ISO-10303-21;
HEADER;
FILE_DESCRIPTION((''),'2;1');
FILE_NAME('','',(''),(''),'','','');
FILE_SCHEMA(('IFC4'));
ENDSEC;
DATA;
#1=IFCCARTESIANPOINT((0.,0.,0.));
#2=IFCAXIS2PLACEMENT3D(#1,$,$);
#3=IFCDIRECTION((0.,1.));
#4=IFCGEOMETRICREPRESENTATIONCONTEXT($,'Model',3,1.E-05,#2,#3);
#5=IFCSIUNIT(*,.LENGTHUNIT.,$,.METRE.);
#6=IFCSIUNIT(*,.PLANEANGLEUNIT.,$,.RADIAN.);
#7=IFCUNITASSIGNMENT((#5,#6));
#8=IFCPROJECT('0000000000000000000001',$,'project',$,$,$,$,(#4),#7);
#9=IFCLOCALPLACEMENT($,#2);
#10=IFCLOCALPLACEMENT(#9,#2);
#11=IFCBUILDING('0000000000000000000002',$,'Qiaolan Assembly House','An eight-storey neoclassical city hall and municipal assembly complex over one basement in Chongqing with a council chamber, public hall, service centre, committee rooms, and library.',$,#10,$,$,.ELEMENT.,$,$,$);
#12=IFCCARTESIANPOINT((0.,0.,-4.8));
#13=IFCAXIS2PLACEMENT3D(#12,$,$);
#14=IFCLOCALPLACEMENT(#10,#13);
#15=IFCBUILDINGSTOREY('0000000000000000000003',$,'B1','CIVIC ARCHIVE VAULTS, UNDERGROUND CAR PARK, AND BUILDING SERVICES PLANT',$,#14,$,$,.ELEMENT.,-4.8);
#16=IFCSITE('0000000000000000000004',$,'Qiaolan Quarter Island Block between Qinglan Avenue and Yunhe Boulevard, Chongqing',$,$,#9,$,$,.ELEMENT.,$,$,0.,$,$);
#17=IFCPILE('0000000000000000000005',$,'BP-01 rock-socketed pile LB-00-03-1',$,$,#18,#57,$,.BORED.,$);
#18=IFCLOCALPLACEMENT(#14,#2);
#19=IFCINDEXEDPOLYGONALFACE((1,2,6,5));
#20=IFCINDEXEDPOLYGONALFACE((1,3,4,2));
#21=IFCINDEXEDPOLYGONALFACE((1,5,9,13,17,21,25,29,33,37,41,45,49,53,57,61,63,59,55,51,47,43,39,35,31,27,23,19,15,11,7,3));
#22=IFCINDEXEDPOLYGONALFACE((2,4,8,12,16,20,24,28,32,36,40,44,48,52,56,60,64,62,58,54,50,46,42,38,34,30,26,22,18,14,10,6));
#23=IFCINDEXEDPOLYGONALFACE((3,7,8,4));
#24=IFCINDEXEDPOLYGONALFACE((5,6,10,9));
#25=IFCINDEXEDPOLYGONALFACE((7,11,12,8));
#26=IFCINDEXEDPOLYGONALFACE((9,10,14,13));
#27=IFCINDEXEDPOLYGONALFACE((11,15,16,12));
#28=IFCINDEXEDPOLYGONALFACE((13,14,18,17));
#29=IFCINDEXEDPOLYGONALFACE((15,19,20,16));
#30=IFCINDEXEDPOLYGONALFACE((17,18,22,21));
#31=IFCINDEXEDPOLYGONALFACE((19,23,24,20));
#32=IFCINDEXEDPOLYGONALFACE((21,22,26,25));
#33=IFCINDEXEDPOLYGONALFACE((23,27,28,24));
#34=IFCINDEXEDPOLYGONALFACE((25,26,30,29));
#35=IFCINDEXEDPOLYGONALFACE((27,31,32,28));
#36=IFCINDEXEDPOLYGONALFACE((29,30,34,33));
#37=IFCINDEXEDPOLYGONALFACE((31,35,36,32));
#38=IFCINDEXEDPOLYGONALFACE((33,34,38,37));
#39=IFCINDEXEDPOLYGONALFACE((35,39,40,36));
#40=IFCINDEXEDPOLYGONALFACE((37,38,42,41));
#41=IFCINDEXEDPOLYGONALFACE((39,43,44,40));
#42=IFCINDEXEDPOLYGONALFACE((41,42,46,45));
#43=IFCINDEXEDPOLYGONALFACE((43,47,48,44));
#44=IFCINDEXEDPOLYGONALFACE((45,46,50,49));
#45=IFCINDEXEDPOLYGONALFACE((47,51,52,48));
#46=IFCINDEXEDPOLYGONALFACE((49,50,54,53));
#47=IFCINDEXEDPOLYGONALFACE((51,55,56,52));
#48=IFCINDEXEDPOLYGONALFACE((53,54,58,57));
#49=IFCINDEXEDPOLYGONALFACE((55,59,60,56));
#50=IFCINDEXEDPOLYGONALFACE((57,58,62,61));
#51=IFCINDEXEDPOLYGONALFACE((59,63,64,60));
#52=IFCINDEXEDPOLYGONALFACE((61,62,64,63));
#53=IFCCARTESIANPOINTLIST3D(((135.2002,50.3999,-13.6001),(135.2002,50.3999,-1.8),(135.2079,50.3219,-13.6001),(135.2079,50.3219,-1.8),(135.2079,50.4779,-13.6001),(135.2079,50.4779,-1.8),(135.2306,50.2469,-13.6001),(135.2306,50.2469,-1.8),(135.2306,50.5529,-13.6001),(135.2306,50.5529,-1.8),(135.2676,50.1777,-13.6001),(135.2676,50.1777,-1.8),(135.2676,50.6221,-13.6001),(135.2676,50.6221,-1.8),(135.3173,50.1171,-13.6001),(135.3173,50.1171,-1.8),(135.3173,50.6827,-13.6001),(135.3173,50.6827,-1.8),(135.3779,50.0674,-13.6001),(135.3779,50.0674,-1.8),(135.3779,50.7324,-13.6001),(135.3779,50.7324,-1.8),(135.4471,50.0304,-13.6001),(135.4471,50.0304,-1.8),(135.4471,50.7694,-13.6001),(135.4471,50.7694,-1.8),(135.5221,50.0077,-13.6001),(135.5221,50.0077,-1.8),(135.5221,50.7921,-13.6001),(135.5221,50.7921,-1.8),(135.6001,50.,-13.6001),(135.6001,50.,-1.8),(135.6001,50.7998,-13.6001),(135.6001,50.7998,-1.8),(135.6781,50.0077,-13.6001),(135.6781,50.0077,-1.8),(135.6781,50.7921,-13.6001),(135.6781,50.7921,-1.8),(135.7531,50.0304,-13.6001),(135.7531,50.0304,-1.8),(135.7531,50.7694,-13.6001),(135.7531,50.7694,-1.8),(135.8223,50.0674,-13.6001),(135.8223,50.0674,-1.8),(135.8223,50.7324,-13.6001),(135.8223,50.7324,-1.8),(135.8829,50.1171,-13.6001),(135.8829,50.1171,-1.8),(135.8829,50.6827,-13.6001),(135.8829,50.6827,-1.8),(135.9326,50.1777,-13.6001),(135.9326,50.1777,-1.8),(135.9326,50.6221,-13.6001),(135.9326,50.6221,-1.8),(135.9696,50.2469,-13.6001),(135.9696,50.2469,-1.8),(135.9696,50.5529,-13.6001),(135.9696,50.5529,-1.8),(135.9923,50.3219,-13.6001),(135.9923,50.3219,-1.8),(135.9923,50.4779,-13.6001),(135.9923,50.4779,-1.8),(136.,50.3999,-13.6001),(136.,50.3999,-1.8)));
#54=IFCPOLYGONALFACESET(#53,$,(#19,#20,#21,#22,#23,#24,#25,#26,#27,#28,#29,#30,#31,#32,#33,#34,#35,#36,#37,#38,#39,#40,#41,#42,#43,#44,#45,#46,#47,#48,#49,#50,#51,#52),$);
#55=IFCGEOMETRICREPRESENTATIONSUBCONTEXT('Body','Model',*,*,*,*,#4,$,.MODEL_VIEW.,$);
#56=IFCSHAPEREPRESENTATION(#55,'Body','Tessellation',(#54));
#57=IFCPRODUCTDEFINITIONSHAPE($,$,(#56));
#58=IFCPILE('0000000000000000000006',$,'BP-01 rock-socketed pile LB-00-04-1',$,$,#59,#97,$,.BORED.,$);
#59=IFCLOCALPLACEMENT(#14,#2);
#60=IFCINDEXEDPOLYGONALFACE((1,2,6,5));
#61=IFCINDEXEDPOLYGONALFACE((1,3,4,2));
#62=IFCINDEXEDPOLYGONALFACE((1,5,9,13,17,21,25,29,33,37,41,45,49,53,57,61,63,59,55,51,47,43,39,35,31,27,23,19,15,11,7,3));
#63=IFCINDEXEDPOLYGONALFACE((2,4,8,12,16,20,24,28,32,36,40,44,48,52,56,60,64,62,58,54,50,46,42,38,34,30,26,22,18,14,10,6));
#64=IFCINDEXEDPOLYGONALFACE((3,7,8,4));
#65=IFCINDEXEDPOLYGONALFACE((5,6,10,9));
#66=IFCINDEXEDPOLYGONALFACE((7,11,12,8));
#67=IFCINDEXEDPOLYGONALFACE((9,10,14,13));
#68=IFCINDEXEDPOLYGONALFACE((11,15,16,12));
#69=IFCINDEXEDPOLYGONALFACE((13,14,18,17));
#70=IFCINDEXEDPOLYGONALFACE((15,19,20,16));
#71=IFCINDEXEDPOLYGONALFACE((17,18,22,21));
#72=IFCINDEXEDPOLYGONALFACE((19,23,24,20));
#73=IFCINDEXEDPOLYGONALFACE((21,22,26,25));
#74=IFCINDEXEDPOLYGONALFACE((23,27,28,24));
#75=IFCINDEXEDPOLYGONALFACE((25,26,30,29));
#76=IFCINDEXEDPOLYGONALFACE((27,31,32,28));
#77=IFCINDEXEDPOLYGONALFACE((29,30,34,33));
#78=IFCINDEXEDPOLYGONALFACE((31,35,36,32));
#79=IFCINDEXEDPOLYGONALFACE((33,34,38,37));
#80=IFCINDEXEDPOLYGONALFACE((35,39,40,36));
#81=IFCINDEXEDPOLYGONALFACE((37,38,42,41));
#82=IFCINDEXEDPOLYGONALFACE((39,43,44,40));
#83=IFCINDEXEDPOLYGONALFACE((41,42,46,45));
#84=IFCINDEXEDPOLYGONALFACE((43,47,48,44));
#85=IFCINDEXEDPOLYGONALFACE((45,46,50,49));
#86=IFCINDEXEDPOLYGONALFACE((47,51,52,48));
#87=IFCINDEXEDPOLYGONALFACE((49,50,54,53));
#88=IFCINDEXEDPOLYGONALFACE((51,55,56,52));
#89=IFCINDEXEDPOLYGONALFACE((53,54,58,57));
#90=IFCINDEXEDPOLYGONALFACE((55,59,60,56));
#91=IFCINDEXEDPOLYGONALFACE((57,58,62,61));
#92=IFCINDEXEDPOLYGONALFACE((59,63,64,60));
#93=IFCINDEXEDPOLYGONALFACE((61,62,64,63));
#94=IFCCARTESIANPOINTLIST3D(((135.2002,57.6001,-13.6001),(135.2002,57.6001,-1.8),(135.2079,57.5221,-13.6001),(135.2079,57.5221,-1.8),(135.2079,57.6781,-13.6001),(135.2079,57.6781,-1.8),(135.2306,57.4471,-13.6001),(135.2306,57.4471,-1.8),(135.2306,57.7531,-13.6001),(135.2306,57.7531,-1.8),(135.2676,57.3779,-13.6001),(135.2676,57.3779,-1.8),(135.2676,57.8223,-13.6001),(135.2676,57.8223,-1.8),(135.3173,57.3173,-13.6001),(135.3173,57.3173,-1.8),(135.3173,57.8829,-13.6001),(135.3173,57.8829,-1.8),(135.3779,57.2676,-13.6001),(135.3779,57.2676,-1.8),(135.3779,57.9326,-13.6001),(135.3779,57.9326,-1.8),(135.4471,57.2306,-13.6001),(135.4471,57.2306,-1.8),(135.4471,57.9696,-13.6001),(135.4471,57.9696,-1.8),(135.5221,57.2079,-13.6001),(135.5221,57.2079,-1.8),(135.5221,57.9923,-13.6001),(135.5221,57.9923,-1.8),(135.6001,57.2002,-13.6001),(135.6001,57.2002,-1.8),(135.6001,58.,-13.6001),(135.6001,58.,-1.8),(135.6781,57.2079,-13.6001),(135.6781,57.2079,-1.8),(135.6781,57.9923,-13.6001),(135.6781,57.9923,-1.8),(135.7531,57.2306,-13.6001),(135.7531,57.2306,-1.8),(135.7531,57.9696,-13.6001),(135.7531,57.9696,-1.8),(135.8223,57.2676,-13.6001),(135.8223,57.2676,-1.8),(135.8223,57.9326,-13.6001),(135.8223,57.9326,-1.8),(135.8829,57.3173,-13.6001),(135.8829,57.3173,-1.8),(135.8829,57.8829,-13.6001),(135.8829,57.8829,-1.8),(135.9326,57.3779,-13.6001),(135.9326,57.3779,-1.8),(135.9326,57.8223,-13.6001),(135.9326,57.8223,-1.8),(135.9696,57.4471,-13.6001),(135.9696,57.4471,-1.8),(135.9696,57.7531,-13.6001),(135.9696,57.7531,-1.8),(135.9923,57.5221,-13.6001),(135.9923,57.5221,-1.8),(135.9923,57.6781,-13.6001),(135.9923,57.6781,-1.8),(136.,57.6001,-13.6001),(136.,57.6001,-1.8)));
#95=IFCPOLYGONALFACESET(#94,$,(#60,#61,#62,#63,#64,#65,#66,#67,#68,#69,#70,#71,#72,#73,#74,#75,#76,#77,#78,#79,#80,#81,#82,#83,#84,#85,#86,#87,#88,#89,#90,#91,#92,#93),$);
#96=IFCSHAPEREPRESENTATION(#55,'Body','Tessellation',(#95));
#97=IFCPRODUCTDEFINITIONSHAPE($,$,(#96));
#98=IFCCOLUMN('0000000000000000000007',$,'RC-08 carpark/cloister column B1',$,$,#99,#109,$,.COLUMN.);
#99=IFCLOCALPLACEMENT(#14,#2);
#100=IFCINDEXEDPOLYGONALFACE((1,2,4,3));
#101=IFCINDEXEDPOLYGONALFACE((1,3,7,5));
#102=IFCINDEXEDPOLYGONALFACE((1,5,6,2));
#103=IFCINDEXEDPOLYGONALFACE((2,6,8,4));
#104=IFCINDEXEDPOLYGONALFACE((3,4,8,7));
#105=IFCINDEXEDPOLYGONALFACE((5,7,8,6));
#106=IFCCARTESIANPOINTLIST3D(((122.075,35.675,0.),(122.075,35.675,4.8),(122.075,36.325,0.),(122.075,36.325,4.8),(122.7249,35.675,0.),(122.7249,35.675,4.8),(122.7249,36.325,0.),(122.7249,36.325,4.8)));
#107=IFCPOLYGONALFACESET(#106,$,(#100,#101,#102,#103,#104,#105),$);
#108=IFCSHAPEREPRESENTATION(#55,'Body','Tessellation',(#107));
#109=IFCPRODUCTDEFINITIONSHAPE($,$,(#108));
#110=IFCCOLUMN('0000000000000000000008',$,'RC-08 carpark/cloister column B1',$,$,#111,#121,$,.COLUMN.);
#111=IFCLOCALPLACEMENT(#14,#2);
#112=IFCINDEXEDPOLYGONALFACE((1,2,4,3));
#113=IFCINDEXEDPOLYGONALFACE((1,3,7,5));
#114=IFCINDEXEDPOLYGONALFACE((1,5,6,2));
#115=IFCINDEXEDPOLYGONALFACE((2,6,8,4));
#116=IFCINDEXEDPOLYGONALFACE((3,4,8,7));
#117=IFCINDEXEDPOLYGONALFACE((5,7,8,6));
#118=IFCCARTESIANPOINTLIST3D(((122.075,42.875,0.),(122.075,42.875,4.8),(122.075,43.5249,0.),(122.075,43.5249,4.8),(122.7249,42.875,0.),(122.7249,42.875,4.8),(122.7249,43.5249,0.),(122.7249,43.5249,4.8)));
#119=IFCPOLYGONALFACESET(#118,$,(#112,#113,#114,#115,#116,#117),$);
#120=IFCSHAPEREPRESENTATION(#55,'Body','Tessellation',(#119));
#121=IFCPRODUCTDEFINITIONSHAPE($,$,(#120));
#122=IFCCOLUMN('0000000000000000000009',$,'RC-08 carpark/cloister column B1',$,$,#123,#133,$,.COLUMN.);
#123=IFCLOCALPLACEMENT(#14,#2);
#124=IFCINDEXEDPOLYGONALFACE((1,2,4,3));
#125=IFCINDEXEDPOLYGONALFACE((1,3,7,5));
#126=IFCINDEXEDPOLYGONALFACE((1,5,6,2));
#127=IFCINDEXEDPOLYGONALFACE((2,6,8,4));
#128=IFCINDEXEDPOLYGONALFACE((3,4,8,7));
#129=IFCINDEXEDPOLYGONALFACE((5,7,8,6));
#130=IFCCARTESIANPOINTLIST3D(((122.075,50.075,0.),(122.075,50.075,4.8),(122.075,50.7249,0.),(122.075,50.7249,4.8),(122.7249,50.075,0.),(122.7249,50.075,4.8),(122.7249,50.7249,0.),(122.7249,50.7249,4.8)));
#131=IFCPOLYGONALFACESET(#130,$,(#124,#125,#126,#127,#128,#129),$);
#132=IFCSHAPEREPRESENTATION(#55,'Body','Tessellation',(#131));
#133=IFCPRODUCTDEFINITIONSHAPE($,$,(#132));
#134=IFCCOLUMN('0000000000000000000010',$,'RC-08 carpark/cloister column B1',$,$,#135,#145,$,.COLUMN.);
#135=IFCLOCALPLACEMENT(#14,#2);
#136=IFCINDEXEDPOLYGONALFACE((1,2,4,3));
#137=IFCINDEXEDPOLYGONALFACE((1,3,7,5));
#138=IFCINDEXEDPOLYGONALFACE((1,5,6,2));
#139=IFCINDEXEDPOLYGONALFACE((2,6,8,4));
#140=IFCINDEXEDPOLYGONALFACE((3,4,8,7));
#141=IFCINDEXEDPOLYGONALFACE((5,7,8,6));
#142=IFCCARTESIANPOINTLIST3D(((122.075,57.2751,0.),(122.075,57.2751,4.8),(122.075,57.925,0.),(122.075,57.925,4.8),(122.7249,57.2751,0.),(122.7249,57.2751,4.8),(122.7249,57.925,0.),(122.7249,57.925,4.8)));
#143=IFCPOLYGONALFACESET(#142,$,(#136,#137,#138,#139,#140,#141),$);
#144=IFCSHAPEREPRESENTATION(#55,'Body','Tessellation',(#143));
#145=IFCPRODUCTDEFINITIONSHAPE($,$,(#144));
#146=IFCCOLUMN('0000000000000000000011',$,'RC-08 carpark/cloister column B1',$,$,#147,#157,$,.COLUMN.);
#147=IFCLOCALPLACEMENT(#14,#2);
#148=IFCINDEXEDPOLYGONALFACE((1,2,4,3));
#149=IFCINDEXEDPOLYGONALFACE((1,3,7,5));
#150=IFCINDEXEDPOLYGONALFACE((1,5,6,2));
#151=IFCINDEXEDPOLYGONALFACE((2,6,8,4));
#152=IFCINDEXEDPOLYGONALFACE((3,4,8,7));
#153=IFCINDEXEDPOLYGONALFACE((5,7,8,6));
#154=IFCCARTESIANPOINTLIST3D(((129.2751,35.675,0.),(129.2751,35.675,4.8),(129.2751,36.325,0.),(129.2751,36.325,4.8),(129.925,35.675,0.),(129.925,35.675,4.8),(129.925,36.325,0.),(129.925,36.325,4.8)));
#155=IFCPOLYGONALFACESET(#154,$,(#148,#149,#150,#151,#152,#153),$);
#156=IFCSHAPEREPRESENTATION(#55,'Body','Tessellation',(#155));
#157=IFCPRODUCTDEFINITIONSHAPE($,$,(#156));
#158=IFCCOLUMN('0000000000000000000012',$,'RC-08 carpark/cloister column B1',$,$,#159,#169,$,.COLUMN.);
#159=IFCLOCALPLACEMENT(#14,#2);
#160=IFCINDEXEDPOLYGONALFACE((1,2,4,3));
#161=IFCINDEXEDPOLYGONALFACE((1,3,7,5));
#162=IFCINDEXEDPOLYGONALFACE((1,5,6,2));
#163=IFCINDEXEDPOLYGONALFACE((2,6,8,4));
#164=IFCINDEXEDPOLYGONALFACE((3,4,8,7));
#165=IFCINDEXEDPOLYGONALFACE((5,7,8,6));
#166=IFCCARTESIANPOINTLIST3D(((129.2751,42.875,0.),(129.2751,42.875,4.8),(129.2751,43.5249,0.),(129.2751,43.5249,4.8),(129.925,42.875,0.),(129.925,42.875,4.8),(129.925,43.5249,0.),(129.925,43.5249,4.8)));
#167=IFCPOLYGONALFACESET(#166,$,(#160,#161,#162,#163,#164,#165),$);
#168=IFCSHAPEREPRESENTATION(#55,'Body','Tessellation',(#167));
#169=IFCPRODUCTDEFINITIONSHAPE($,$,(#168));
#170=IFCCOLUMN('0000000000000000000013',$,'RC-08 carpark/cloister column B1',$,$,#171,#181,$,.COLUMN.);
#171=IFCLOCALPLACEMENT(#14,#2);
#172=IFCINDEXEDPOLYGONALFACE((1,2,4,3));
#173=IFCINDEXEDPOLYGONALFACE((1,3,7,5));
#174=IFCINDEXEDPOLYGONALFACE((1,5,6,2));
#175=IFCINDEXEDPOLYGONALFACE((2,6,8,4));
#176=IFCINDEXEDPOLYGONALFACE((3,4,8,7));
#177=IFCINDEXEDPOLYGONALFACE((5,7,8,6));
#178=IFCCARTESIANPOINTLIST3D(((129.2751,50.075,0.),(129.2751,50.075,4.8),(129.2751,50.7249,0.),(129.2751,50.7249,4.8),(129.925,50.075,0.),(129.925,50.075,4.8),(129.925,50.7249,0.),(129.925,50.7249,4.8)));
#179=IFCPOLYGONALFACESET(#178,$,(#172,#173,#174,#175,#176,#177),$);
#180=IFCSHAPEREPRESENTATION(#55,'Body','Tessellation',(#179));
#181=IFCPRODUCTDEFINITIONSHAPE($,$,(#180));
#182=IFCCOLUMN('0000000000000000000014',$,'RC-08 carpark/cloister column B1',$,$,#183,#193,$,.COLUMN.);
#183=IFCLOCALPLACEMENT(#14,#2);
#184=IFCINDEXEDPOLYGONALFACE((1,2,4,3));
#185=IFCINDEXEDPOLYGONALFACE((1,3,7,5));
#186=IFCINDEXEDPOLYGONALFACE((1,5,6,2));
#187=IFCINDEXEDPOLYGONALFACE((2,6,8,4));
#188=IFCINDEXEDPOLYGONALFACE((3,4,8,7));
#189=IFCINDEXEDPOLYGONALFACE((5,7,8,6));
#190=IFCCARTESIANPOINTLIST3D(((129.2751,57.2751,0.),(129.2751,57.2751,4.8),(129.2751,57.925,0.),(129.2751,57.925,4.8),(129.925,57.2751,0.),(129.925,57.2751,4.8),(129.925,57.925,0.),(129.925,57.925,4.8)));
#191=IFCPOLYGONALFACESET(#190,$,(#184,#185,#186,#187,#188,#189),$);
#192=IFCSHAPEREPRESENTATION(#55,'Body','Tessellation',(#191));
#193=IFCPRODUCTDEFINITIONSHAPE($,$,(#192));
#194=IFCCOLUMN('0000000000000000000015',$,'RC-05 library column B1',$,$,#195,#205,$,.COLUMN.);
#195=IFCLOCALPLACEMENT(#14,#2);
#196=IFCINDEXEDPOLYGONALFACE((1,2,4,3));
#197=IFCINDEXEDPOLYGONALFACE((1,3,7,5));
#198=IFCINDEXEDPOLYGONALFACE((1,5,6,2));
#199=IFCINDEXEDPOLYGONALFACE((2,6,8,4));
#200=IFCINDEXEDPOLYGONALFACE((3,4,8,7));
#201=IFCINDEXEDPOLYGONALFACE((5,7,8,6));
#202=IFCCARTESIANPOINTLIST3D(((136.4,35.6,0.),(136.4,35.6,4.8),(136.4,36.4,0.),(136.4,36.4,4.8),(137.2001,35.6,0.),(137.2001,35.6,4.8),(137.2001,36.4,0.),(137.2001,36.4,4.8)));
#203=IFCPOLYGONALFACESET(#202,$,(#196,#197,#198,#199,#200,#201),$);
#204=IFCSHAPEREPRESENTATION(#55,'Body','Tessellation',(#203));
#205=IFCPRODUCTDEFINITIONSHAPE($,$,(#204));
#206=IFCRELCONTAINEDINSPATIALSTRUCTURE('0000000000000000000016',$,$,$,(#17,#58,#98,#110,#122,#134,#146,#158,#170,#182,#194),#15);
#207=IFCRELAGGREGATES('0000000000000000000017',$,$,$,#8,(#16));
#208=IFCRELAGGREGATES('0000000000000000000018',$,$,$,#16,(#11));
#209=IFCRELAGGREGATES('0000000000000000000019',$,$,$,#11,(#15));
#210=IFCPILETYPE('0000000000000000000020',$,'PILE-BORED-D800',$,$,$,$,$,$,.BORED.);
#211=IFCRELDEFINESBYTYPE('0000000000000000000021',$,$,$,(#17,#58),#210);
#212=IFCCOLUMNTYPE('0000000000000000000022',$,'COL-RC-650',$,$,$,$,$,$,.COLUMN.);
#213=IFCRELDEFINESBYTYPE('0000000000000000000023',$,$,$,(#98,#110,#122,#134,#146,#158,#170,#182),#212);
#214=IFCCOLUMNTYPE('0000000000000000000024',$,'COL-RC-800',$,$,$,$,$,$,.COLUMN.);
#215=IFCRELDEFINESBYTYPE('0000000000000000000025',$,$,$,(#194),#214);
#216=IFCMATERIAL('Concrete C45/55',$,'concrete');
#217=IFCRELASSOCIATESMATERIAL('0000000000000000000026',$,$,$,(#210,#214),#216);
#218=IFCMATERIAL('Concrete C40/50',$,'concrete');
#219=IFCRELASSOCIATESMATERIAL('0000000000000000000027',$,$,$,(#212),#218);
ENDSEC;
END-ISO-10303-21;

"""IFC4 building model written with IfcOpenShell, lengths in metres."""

from ifc_helpers import new_model, si_unit, direction, frame, origin, origin_2d, place, context, subcontext, project, spatial, rectangle, circle, extrude, material, material_profile, profile_set, type_object, element, save


model = new_model("IFC4")

# Units and contexts
model_context = context("Model", 3, precision=1e-05, world=origin(), true_north=direction((0.0, 1.0)))
body_context = subcontext(model_context, "Body", "Model", "MODEL_VIEW")
ifc_project = project(units=[si_unit("LENGTHUNIT", "METRE"), si_unit("PLANEANGLEUNIT", "RADIAN")], contexts=[model_context])

# Site, building, storey
site_placement = place(None, origin())
site = spatial("IfcSite", under=ifc_project, at=site_placement, Name="Qiaolan Quarter Island Block between Qinglan Avenue and Yunhe Boulevard, Chongqing", CompositionType="ELEMENT", RefElevation=0.0)
building_placement = place(site_placement, origin())
building = spatial("IfcBuilding", under=site, at=building_placement, Name="Qiaolan Assembly House", Description="An eight-storey neoclassical city hall and municipal assembly complex over one basement in Chongqing with a council chamber, public hall, service centre, committee rooms, and library.", CompositionType="ELEMENT")
storey_placement = place(building_placement, frame((0.0, 0.0, -4.8)))
storey = spatial("IfcBuildingStorey", under=building, at=storey_placement, Name="B1", Description="CIVIC ARCHIVE VAULTS, UNDERGROUND CAR PARK, AND BUILDING SERVICES PLANT", CompositionType="ELEMENT", Elevation=-4.8)

# Shared definitions
ifc_material_1 = material(Name="Concrete C40/50", Category="concrete")

# Piles
ifc_material_2 = material(Name="Concrete C45/55", Category="concrete")
ifc_material_profile_1 = material_profile(ifc_material_2, circle(Radius=0.3999, at=origin_2d()), Name="PILE D800")
ifc_profile_set_1 = profile_set([ifc_material_profile_1], Name="Concrete C45/55")
pile_type = type_object("IfcPileType", Name="PILE-BORED-D800", PredefinedType="BORED", material=ifc_profile_set_1)
for number, where, z_axis, x_axis, name in (
    (1, (135.6001, 50.3999, -1.8), (0.0, 0.0, -1.0), (1.0, 0.0, 0.0), "BP-01 rock-socketed pile LB-00-03-1"),
    (2, (135.6001, 57.6001, -1.8), (0.0, 0.0, -1.0), (1.0, 0.0, 0.0), "BP-01 rock-socketed pile LB-00-04-1"),
):
    element("IfcPile", number, at=place(storey_placement, frame(where, z_axis=z_axis, x_axis=x_axis)), inside=storey, type_object=pile_type, Name=name, PredefinedType="BORED", context=body_context, shape_type="SweptSolid", body=[
        extrude(circle(Radius=0.3999, at=origin_2d()), origin(), (0.0, 0.0, 1.0), 11.8),
    ])

# Columns
ifc_material_profile_2 = material_profile(ifc_material_1, rectangle(XDim=0.6499, YDim=0.6499, at=origin_2d()), Name="RC 650x650")
ifc_profile_set_2 = profile_set([ifc_material_profile_2], Name="Concrete C40/50")
column_type_1 = type_object("IfcColumnType", Name="COL-RC-650", PredefinedType="COLUMN", material=ifc_profile_set_2)
for number, where, z_axis, x_axis, name in (
    (3, (122.3999, 36.0, 0.0), (0.0, 0.0, 1.0), (1.0, 0.0, 0.0), "RC-08 carpark/cloister column B1"),
    (4, (122.3999, 43.2, 0.0), (0.0, 0.0, 1.0), (1.0, 0.0, 0.0), "RC-08 carpark/cloister column B1"),
    (5, (122.3999, 50.3999, 0.0), (0.0, 0.0, 1.0), (1.0, 0.0, 0.0), "RC-08 carpark/cloister column B1"),
    (6, (122.3999, 57.6001, 0.0), (0.0, 0.0, 1.0), (1.0, 0.0, 0.0), "RC-08 carpark/cloister column B1"),
    (7, (129.6001, 36.0, 0.0), (0.0, 0.0, 1.0), (1.0, 0.0, 0.0), "RC-08 carpark/cloister column B1"),
    (8, (129.6001, 43.2, 0.0), (0.0, 0.0, 1.0), (1.0, 0.0, 0.0), "RC-08 carpark/cloister column B1"),
    (9, (129.6001, 50.3999, 0.0), (0.0, 0.0, 1.0), (1.0, 0.0, 0.0), "RC-08 carpark/cloister column B1"),
    (10, (129.6001, 57.6001, 0.0), (0.0, 0.0, 1.0), (1.0, 0.0, 0.0), "RC-08 carpark/cloister column B1"),
):
    element("IfcColumn", number, at=place(storey_placement, frame(where, z_axis=z_axis, x_axis=x_axis)), inside=storey, type_object=column_type_1, Name=name, PredefinedType="COLUMN", context=body_context, shape_type="SweptSolid", body=[
        extrude(rectangle(XDim=0.6499, YDim=0.6499, at=origin_2d()), origin(), (0.0, 0.0, 1.0), 4.8),
    ])
ifc_material_profile_3 = material_profile(ifc_material_2, rectangle(XDim=0.8, YDim=0.8, at=origin_2d()), Name="RC 800x800")
ifc_profile_set_3 = profile_set([ifc_material_profile_3], Name="Concrete C45/55")
column_type_2 = type_object("IfcColumnType", Name="COL-RC-800", PredefinedType="COLUMN", material=ifc_profile_set_3)
column_placement = place(storey_placement, frame((136.8, 36.0, 0.0), z_axis=(0.0, 0.0, 1.0), x_axis=(1.0, 0.0, 0.0)))
element("IfcColumn", 11, at=column_placement, inside=storey, type_object=column_type_2, Name="RC-05 library column B1", PredefinedType="COLUMN", context=body_context, shape_type="SweptSolid", body=[
    extrude(rectangle(XDim=0.8, YDim=0.8, at=origin_2d()), origin(), (0.0, 0.0, 1.0), 4.8),
])

save(model, "model.ifc")
